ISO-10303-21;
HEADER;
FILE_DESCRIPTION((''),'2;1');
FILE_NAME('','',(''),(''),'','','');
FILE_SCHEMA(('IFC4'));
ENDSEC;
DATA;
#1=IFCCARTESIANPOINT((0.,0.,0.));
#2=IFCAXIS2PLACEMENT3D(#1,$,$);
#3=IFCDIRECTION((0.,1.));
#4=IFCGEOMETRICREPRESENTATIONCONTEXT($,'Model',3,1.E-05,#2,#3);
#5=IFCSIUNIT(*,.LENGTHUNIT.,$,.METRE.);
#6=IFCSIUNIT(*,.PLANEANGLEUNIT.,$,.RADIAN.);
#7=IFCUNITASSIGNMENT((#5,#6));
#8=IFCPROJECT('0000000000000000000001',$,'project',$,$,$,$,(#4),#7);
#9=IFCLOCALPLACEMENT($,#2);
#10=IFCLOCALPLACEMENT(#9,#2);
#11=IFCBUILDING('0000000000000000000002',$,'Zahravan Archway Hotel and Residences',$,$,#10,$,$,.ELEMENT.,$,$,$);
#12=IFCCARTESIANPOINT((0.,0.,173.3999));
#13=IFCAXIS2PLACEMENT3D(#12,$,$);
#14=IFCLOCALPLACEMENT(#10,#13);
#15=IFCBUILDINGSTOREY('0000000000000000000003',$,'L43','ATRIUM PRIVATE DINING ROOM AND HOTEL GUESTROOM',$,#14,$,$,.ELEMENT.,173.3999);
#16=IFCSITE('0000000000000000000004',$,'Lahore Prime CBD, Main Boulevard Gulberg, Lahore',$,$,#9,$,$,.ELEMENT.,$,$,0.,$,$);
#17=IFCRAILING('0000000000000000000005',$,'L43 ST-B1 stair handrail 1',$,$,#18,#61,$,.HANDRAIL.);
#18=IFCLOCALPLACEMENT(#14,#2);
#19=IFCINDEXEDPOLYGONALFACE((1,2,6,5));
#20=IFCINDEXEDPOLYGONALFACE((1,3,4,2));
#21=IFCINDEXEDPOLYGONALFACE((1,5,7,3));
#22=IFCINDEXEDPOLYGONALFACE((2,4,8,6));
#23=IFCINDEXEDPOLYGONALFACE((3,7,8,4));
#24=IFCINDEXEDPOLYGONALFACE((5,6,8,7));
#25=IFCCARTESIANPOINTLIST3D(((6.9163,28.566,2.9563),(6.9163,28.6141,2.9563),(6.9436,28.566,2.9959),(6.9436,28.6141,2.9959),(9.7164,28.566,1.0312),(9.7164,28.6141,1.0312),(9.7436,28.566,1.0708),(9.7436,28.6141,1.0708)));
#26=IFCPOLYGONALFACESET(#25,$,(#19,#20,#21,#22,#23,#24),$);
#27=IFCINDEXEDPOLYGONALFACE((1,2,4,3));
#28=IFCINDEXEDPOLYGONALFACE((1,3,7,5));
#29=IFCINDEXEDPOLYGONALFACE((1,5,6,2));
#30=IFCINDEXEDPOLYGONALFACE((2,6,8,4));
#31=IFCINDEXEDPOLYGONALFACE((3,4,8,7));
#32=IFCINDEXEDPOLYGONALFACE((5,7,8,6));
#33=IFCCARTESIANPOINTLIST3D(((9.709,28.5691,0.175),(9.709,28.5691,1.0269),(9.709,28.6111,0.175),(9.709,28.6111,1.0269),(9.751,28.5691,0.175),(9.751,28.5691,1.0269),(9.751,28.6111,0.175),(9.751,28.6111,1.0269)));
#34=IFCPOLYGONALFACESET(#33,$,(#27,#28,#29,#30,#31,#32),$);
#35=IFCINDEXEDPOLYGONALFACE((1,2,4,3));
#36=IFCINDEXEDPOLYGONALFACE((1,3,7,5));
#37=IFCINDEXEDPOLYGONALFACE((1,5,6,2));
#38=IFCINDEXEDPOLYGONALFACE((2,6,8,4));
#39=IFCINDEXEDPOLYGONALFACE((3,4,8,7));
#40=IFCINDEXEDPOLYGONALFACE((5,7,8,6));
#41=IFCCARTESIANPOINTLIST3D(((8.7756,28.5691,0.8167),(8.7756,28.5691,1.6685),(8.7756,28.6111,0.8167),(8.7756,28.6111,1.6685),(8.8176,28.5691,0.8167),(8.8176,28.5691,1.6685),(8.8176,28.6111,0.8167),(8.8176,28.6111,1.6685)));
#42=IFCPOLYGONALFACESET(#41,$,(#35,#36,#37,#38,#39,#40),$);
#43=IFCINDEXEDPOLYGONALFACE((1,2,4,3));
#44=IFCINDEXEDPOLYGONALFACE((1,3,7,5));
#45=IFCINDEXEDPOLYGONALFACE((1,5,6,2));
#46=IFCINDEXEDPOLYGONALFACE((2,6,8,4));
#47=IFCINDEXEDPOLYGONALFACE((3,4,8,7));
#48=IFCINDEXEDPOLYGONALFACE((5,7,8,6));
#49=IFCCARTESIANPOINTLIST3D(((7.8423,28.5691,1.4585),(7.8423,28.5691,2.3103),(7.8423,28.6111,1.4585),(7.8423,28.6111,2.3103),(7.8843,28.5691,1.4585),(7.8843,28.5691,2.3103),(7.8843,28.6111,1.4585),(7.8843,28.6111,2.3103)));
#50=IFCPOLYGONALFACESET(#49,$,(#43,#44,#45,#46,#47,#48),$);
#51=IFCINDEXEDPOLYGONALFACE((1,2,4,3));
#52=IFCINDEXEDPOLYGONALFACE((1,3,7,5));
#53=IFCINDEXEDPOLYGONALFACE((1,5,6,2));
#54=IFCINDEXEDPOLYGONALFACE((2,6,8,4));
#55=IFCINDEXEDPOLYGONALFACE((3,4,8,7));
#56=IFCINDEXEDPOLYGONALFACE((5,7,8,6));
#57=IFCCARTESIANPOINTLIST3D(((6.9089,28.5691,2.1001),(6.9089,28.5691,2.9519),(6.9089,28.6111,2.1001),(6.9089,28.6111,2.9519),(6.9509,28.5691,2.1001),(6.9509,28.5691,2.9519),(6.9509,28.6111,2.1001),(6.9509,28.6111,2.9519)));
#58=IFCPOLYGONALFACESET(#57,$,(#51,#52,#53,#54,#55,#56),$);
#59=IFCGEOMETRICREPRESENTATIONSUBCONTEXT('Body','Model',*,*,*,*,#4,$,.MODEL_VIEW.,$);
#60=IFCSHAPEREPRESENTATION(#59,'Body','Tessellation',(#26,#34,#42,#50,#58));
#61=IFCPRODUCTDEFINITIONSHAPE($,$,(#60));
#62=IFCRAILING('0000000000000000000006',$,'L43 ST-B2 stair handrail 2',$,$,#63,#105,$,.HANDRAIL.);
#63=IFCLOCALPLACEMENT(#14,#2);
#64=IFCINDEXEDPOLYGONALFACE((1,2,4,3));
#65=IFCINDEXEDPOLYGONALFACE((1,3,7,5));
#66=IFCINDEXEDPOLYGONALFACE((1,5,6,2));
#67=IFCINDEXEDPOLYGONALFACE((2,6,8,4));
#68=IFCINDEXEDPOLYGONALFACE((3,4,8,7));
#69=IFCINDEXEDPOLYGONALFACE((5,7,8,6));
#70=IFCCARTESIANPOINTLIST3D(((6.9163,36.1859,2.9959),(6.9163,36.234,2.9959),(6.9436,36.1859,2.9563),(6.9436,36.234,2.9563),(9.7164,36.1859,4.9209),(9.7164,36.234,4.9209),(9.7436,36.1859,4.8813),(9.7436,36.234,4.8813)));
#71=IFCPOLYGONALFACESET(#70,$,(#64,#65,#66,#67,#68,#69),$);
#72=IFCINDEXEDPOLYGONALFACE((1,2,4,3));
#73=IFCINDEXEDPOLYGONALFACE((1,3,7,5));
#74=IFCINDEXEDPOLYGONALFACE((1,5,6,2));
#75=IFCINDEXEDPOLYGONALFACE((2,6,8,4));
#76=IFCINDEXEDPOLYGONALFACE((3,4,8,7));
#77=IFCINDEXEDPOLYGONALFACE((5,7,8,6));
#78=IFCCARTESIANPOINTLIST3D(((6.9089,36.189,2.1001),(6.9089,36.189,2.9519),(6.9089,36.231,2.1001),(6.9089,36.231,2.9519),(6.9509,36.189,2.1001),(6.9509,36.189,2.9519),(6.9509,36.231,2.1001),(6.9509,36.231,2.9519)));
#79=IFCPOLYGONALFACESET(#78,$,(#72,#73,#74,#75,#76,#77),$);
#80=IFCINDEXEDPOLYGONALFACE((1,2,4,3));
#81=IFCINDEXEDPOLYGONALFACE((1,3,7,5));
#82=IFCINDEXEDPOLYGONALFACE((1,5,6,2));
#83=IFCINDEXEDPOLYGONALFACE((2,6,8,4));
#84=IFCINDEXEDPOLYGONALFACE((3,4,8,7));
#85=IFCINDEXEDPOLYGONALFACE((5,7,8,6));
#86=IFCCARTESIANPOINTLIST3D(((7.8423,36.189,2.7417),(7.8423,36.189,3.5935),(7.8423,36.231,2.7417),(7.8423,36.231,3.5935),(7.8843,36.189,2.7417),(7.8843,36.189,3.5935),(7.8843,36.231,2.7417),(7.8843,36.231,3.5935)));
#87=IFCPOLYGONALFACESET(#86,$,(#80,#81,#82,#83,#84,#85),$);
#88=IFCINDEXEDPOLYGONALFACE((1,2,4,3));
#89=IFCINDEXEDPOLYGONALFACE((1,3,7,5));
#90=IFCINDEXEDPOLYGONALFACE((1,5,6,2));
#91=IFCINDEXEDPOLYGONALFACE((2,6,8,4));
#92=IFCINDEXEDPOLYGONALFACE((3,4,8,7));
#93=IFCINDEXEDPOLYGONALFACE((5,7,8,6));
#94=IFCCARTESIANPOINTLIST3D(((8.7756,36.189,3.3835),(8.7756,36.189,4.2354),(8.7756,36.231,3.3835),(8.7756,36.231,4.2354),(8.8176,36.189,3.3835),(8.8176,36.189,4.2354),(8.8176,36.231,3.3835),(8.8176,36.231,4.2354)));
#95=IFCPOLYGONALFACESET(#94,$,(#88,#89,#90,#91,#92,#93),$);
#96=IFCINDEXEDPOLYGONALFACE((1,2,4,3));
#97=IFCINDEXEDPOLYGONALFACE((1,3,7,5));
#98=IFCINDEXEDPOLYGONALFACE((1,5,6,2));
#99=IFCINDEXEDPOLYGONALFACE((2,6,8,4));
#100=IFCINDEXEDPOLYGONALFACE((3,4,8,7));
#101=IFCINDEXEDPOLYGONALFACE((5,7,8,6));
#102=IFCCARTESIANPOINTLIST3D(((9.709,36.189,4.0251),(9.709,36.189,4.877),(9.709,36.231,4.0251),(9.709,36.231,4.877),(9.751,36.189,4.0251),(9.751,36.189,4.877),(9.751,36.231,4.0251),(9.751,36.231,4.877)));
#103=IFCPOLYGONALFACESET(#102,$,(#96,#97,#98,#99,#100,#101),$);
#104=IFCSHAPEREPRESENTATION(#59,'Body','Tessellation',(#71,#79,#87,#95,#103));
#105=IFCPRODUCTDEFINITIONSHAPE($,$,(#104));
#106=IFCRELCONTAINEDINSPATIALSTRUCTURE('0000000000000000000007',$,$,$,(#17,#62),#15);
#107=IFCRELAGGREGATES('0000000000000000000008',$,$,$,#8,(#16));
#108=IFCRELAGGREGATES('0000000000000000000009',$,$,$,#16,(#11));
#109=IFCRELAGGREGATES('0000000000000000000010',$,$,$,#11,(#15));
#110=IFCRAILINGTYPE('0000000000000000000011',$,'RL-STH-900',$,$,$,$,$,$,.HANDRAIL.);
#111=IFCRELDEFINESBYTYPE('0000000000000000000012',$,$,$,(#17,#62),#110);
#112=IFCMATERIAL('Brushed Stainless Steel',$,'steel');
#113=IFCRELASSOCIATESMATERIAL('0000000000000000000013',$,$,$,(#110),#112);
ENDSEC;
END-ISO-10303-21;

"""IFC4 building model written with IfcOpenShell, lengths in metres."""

from ifc_helpers import new_model, si_unit, direction, frame, origin, origin_2d, place, context, subcontext, project, spatial, rectangle, extrude, material, type_object, element, save


model = new_model("IFC4")

# Units and contexts
model_context = context("Model", 3, precision=1e-05, world=origin(), true_north=direction((0.0, 1.0)))
body_context = subcontext(model_context, "Body", "Model", "MODEL_VIEW")
ifc_project = project(units=[si_unit("LENGTHUNIT", "METRE"), si_unit("PLANEANGLEUNIT", "RADIAN")], contexts=[model_context])

# Site, building, storey
site_placement = place(None, origin())
site = spatial("IfcSite", under=ifc_project, at=site_placement, Name="Lahore Prime CBD, Main Boulevard Gulberg, Lahore", CompositionType="ELEMENT", RefElevation=0.0)
building_placement = place(site_placement, origin())
building = spatial("IfcBuilding", under=site, at=building_placement, Name="Zahravan Archway Hotel and Residences", CompositionType="ELEMENT")
storey_placement = place(building_placement, frame((0.0, 0.0, 173.3999)))
storey = spatial("IfcBuildingStorey", under=building, at=storey_placement, Name="L43", Description="ATRIUM PRIVATE DINING ROOM AND HOTEL GUESTROOM", CompositionType="ELEMENT", Elevation=173.3999)

# Shared definitions
ifc_material_1 = material(Name="Brushed Stainless Steel", Category="steel")

# Railings
railing_type_1 = type_object("IfcRailingType", Name="RL-STH-900", PredefinedType="HANDRAIL", material=ifc_material_1)
railing_1_placement = place(storey_placement, frame((9.73, 28.5901, 0.175)))
element("IfcRailing", 1, at=railing_1_placement, inside=storey, type_object=railing_type_1, Name="L43 ST-B1 stair handrail 1", PredefinedType="HANDRAIL", context=body_context, shape_type="SweptSolid", body=[
    extrude(rectangle(XDim=0.0481, YDim=0.0481, at=origin_2d()), frame((0.0, 0.0, 0.876), z_axis=(-0.82404, 0.0, 0.566532), x_axis=(0.0, -1.0, 0.0)), (0.0, 0.0, 1.0), 3.3979),
    extrude(rectangle(XDim=0.042, YDim=0.042, at=origin_2d()), origin(), (0.0, 0.0, 1.0), 0.8518),
    extrude(rectangle(XDim=0.042, YDim=0.042, at=origin_2d()), frame((-0.9333, 0.0, 0.6416)), (0.0, 0.0, 1.0), 0.8518),
    extrude(rectangle(XDim=0.042, YDim=0.042, at=origin_2d()), frame((-1.8667, 0.0, 1.2834)), (0.0, 0.0, 1.0), 0.8518),
    extrude(rectangle(XDim=0.042, YDim=0.042, at=origin_2d()), frame((-2.8, 0.0, 1.925)), (0.0, 0.0, 1.0), 0.8518),
])
railing_2_placement = place(storey_placement, frame((6.9299, 36.21, 2.1001)))
element("IfcRailing", 2, at=railing_2_placement, inside=storey, type_object=railing_type_1, Name="L43 ST-B2 stair handrail 2", PredefinedType="HANDRAIL", context=body_context, shape_type="SweptSolid", body=[
    extrude(rectangle(XDim=0.0481, YDim=0.0481, at=origin_2d()), frame((0.0, 0.0, 0.876), z_axis=(0.82404, 0.0, 0.566532), x_axis=(0.0, 1.0, 0.0)), (0.0, 0.0, 1.0), 3.3979),
    extrude(rectangle(XDim=0.042, YDim=0.042, at=origin_2d()), origin(), (0.0, 0.0, 1.0), 0.8518),
    extrude(rectangle(XDim=0.042, YDim=0.042, at=origin_2d()), frame((0.9333, 0.0, 0.6416)), (0.0, 0.0, 1.0), 0.8518),
    extrude(rectangle(XDim=0.042, YDim=0.042, at=origin_2d()), frame((1.8667, 0.0, 1.2834)), (0.0, 0.0, 1.0), 0.8518),
    extrude(rectangle(XDim=0.042, YDim=0.042, at=origin_2d()), frame((2.8, 0.0, 1.925)), (0.0, 0.0, 1.0), 0.8518),
])

save(model, "model.ifc")
